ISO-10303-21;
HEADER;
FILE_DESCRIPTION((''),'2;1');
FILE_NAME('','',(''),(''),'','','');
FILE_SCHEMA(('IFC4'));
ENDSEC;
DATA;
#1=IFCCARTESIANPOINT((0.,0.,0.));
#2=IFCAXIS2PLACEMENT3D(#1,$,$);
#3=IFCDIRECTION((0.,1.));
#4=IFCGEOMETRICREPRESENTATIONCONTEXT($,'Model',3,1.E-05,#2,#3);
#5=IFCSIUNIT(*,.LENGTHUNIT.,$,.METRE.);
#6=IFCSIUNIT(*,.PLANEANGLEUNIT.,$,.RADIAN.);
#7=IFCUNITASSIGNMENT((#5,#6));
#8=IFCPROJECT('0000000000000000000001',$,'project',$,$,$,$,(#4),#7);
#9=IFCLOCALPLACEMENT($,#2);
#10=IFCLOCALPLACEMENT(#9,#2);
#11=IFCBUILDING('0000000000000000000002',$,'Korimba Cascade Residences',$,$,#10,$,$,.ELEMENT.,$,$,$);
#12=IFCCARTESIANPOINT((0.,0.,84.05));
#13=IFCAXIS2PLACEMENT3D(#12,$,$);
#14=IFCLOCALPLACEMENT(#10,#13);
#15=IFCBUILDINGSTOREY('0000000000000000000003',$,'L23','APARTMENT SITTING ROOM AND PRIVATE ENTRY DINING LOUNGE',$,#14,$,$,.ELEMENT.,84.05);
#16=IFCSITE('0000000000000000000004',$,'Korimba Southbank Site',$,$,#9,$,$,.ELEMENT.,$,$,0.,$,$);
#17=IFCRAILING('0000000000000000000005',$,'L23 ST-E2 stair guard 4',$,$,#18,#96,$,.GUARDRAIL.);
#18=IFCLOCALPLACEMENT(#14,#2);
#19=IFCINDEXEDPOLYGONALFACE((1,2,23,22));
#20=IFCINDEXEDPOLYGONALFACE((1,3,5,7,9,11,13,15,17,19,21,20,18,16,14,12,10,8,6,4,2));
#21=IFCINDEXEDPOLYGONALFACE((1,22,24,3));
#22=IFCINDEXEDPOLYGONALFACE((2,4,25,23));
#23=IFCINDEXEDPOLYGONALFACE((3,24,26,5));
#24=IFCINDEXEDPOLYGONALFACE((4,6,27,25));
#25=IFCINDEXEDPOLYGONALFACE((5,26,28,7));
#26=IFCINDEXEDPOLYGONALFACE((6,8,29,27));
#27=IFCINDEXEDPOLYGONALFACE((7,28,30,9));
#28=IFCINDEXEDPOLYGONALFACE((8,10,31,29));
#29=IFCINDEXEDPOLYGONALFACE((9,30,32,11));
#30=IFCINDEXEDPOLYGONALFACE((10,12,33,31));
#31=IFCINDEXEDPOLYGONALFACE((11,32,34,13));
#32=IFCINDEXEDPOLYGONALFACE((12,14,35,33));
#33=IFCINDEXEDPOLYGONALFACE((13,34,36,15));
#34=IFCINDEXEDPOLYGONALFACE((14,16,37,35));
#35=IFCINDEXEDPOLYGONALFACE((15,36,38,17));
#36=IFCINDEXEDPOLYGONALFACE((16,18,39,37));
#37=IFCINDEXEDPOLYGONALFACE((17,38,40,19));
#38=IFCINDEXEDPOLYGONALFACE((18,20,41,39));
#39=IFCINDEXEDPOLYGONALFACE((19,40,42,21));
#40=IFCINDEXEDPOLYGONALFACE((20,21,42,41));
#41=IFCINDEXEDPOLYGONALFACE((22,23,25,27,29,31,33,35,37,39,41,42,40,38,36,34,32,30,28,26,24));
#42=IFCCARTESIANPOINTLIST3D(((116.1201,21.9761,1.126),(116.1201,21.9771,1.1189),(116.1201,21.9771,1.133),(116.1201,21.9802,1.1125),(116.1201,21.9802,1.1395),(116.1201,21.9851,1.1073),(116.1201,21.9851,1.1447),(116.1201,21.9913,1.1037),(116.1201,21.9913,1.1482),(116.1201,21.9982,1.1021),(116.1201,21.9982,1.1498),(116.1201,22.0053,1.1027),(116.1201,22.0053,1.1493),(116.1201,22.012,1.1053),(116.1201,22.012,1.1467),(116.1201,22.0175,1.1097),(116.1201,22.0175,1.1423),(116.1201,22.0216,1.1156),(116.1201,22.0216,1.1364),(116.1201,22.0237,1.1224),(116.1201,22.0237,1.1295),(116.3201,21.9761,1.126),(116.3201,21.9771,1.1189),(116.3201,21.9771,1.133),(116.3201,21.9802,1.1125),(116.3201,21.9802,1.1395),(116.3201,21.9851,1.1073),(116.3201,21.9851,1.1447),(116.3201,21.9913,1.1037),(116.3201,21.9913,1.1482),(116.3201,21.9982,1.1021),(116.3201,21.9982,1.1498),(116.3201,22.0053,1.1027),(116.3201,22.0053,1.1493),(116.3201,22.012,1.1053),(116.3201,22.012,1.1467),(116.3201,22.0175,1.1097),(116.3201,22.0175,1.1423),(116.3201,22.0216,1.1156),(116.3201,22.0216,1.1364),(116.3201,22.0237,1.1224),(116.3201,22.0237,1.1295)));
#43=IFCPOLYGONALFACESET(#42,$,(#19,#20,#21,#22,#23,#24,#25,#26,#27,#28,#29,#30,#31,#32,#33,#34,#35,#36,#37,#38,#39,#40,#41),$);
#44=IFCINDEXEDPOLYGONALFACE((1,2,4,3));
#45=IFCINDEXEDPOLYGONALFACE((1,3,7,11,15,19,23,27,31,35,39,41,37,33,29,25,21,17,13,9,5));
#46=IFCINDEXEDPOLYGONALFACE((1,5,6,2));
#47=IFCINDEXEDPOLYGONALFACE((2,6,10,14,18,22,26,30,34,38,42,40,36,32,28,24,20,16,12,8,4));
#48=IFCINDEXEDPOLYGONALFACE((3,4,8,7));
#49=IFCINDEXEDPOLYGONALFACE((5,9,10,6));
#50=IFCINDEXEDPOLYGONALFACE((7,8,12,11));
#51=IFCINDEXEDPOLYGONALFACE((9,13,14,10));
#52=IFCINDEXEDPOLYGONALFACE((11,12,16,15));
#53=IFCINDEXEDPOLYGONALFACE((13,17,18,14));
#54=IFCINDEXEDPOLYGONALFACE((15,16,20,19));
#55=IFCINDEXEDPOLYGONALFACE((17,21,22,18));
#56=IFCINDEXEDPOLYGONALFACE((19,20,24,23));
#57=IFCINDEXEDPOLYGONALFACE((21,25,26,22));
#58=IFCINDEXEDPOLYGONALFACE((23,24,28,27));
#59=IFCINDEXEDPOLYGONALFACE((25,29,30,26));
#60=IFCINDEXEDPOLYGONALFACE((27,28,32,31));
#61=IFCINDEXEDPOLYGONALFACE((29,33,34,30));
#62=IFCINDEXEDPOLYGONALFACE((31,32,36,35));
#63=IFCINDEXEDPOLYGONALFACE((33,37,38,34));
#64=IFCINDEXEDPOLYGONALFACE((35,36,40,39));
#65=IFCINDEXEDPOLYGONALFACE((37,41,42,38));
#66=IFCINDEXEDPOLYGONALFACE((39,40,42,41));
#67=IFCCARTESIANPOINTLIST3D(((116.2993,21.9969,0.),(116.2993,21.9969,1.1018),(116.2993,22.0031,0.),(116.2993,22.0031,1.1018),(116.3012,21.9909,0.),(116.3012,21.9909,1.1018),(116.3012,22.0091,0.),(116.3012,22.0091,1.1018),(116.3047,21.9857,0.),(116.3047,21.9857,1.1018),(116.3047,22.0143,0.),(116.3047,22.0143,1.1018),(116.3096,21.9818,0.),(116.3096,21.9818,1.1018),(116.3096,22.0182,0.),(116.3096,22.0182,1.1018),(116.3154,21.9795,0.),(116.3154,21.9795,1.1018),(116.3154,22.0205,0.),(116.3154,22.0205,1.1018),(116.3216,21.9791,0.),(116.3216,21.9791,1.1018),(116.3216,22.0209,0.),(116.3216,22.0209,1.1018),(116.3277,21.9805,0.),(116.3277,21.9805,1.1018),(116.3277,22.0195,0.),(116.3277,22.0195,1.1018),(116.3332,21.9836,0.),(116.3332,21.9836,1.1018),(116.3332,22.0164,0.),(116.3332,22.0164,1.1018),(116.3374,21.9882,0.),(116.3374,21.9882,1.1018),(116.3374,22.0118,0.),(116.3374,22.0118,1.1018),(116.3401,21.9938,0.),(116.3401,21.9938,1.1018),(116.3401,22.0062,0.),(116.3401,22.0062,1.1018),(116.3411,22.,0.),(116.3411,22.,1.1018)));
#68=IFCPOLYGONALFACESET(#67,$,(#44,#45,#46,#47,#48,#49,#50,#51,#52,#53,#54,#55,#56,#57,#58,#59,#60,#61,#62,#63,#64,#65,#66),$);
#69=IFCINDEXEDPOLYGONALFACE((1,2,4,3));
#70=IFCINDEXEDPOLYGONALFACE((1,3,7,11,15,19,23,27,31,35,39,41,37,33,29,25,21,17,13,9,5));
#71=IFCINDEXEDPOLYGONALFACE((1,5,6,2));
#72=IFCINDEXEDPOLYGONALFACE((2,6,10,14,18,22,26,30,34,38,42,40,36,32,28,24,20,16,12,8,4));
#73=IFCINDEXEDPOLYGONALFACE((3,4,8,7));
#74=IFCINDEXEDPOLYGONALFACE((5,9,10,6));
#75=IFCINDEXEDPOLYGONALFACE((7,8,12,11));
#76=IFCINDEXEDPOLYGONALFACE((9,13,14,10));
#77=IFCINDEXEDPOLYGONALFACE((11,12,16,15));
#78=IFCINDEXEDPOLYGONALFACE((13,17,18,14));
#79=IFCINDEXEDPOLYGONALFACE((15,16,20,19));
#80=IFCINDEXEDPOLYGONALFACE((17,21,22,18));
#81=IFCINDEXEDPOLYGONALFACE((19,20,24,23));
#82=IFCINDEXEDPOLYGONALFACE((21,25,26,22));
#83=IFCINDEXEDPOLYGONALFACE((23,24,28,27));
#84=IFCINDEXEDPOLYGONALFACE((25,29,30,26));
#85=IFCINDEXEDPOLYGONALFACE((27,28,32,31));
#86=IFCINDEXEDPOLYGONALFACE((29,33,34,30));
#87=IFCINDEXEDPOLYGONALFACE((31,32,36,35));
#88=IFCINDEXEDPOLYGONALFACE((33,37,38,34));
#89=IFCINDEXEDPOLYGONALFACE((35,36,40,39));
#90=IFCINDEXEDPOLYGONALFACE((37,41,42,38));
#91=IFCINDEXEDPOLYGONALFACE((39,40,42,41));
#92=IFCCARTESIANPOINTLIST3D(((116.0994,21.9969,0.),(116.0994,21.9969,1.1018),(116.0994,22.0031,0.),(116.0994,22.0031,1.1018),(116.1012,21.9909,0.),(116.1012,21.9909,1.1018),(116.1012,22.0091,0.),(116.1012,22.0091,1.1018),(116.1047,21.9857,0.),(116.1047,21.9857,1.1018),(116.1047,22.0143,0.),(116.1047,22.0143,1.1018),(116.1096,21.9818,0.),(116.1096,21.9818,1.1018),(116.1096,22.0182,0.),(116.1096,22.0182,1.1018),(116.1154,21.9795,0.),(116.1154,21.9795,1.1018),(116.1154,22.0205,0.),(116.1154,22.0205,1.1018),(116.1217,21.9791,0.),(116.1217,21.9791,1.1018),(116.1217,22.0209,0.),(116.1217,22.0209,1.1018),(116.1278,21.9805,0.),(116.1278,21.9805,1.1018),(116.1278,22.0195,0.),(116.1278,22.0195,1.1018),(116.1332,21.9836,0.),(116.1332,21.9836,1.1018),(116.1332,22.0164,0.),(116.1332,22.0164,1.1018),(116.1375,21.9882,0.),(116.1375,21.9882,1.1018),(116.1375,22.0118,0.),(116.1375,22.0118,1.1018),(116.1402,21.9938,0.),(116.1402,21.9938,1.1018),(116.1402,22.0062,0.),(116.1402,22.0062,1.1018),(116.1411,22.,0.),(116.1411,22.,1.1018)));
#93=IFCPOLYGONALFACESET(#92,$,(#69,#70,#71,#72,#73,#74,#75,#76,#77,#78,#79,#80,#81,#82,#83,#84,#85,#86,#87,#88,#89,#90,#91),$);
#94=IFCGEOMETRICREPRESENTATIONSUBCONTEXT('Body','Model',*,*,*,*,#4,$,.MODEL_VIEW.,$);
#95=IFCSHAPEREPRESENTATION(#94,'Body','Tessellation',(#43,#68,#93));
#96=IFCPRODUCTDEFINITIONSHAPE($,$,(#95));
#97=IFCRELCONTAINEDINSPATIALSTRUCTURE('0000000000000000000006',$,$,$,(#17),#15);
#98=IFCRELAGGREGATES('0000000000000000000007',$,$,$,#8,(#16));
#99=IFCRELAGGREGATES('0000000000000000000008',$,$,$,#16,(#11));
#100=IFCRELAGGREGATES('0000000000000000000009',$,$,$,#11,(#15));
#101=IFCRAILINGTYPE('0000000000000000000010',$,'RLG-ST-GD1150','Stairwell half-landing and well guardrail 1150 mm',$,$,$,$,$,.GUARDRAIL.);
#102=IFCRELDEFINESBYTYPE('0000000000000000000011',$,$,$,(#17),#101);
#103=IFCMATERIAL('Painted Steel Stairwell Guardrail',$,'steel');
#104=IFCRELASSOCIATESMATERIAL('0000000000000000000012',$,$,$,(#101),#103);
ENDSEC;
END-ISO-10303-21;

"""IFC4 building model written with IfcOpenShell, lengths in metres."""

from ifc_helpers import new_model, si_unit, direction, frame, origin, origin_2d, place, context, subcontext, project, spatial, circle, extrude, material, type_object, element, save


model = new_model("IFC4")

# Units and contexts
model_context = context("Model", 3, precision=1e-05, world=origin(), true_north=direction((0.0, 1.0)))
body_context = subcontext(model_context, "Body", "Model", "MODEL_VIEW")
ifc_project = project(units=[si_unit("LENGTHUNIT", "METRE"), si_unit("PLANEANGLEUNIT", "RADIAN")], contexts=[model_context])

# Site, building, storey
site_placement = place(None, origin())
site = spatial("IfcSite", under=ifc_project, at=site_placement, Name="Korimba Southbank Site", CompositionType="ELEMENT", RefElevation=0.0)
building_placement = place(site_placement, origin())
building = spatial("IfcBuilding", under=site, at=building_placement, Name="Korimba Cascade Residences", CompositionType="ELEMENT")
storey_placement = place(building_placement, frame((0.0, 0.0, 84.05)))
storey = spatial("IfcBuildingStorey", under=building, at=storey_placement, Name="L23", Description="APARTMENT SITTING ROOM AND PRIVATE ENTRY DINING LOUNGE", CompositionType="ELEMENT", Elevation=84.05)

# Railing
ifc_material_1 = material(Name="Painted Steel Stairwell Guardrail", Category="steel")
railing_type_1 = type_object("IfcRailingType", Name="RLG-ST-GD1150", Description="Stairwell half-landing and well guardrail 1150 mm", PredefinedType="GUARDRAIL", material=ifc_material_1)
railing_1_placement = place(storey_placement, frame((116.3201, 22.0, 0.0)))
element("IfcRailing", 1, at=railing_1_placement, inside=storey, type_object=railing_type_1, Name="L23 ST-E2 stair guard 4", PredefinedType="GUARDRAIL", context=body_context, shape_type="SweptSolid", body=[
    extrude(circle(Radius=0.0239, at=origin_2d()), frame((0.0, 0.0, 1.126), z_axis=(-1.0, 0.0, 0.0), x_axis=(0.0, -1.0, 0.0)), (0.0, 0.0, 1.0), 0.2),
    extrude(circle(Radius=0.021, at=origin_2d()), origin(), (0.0, 0.0, 1.0), 1.1018),
    extrude(circle(Radius=0.021, at=origin_2d()), frame((-0.2, 0.0, 0.0)), (0.0, 0.0, 1.0), 1.1018),
])

save(model, "model.ifc")
